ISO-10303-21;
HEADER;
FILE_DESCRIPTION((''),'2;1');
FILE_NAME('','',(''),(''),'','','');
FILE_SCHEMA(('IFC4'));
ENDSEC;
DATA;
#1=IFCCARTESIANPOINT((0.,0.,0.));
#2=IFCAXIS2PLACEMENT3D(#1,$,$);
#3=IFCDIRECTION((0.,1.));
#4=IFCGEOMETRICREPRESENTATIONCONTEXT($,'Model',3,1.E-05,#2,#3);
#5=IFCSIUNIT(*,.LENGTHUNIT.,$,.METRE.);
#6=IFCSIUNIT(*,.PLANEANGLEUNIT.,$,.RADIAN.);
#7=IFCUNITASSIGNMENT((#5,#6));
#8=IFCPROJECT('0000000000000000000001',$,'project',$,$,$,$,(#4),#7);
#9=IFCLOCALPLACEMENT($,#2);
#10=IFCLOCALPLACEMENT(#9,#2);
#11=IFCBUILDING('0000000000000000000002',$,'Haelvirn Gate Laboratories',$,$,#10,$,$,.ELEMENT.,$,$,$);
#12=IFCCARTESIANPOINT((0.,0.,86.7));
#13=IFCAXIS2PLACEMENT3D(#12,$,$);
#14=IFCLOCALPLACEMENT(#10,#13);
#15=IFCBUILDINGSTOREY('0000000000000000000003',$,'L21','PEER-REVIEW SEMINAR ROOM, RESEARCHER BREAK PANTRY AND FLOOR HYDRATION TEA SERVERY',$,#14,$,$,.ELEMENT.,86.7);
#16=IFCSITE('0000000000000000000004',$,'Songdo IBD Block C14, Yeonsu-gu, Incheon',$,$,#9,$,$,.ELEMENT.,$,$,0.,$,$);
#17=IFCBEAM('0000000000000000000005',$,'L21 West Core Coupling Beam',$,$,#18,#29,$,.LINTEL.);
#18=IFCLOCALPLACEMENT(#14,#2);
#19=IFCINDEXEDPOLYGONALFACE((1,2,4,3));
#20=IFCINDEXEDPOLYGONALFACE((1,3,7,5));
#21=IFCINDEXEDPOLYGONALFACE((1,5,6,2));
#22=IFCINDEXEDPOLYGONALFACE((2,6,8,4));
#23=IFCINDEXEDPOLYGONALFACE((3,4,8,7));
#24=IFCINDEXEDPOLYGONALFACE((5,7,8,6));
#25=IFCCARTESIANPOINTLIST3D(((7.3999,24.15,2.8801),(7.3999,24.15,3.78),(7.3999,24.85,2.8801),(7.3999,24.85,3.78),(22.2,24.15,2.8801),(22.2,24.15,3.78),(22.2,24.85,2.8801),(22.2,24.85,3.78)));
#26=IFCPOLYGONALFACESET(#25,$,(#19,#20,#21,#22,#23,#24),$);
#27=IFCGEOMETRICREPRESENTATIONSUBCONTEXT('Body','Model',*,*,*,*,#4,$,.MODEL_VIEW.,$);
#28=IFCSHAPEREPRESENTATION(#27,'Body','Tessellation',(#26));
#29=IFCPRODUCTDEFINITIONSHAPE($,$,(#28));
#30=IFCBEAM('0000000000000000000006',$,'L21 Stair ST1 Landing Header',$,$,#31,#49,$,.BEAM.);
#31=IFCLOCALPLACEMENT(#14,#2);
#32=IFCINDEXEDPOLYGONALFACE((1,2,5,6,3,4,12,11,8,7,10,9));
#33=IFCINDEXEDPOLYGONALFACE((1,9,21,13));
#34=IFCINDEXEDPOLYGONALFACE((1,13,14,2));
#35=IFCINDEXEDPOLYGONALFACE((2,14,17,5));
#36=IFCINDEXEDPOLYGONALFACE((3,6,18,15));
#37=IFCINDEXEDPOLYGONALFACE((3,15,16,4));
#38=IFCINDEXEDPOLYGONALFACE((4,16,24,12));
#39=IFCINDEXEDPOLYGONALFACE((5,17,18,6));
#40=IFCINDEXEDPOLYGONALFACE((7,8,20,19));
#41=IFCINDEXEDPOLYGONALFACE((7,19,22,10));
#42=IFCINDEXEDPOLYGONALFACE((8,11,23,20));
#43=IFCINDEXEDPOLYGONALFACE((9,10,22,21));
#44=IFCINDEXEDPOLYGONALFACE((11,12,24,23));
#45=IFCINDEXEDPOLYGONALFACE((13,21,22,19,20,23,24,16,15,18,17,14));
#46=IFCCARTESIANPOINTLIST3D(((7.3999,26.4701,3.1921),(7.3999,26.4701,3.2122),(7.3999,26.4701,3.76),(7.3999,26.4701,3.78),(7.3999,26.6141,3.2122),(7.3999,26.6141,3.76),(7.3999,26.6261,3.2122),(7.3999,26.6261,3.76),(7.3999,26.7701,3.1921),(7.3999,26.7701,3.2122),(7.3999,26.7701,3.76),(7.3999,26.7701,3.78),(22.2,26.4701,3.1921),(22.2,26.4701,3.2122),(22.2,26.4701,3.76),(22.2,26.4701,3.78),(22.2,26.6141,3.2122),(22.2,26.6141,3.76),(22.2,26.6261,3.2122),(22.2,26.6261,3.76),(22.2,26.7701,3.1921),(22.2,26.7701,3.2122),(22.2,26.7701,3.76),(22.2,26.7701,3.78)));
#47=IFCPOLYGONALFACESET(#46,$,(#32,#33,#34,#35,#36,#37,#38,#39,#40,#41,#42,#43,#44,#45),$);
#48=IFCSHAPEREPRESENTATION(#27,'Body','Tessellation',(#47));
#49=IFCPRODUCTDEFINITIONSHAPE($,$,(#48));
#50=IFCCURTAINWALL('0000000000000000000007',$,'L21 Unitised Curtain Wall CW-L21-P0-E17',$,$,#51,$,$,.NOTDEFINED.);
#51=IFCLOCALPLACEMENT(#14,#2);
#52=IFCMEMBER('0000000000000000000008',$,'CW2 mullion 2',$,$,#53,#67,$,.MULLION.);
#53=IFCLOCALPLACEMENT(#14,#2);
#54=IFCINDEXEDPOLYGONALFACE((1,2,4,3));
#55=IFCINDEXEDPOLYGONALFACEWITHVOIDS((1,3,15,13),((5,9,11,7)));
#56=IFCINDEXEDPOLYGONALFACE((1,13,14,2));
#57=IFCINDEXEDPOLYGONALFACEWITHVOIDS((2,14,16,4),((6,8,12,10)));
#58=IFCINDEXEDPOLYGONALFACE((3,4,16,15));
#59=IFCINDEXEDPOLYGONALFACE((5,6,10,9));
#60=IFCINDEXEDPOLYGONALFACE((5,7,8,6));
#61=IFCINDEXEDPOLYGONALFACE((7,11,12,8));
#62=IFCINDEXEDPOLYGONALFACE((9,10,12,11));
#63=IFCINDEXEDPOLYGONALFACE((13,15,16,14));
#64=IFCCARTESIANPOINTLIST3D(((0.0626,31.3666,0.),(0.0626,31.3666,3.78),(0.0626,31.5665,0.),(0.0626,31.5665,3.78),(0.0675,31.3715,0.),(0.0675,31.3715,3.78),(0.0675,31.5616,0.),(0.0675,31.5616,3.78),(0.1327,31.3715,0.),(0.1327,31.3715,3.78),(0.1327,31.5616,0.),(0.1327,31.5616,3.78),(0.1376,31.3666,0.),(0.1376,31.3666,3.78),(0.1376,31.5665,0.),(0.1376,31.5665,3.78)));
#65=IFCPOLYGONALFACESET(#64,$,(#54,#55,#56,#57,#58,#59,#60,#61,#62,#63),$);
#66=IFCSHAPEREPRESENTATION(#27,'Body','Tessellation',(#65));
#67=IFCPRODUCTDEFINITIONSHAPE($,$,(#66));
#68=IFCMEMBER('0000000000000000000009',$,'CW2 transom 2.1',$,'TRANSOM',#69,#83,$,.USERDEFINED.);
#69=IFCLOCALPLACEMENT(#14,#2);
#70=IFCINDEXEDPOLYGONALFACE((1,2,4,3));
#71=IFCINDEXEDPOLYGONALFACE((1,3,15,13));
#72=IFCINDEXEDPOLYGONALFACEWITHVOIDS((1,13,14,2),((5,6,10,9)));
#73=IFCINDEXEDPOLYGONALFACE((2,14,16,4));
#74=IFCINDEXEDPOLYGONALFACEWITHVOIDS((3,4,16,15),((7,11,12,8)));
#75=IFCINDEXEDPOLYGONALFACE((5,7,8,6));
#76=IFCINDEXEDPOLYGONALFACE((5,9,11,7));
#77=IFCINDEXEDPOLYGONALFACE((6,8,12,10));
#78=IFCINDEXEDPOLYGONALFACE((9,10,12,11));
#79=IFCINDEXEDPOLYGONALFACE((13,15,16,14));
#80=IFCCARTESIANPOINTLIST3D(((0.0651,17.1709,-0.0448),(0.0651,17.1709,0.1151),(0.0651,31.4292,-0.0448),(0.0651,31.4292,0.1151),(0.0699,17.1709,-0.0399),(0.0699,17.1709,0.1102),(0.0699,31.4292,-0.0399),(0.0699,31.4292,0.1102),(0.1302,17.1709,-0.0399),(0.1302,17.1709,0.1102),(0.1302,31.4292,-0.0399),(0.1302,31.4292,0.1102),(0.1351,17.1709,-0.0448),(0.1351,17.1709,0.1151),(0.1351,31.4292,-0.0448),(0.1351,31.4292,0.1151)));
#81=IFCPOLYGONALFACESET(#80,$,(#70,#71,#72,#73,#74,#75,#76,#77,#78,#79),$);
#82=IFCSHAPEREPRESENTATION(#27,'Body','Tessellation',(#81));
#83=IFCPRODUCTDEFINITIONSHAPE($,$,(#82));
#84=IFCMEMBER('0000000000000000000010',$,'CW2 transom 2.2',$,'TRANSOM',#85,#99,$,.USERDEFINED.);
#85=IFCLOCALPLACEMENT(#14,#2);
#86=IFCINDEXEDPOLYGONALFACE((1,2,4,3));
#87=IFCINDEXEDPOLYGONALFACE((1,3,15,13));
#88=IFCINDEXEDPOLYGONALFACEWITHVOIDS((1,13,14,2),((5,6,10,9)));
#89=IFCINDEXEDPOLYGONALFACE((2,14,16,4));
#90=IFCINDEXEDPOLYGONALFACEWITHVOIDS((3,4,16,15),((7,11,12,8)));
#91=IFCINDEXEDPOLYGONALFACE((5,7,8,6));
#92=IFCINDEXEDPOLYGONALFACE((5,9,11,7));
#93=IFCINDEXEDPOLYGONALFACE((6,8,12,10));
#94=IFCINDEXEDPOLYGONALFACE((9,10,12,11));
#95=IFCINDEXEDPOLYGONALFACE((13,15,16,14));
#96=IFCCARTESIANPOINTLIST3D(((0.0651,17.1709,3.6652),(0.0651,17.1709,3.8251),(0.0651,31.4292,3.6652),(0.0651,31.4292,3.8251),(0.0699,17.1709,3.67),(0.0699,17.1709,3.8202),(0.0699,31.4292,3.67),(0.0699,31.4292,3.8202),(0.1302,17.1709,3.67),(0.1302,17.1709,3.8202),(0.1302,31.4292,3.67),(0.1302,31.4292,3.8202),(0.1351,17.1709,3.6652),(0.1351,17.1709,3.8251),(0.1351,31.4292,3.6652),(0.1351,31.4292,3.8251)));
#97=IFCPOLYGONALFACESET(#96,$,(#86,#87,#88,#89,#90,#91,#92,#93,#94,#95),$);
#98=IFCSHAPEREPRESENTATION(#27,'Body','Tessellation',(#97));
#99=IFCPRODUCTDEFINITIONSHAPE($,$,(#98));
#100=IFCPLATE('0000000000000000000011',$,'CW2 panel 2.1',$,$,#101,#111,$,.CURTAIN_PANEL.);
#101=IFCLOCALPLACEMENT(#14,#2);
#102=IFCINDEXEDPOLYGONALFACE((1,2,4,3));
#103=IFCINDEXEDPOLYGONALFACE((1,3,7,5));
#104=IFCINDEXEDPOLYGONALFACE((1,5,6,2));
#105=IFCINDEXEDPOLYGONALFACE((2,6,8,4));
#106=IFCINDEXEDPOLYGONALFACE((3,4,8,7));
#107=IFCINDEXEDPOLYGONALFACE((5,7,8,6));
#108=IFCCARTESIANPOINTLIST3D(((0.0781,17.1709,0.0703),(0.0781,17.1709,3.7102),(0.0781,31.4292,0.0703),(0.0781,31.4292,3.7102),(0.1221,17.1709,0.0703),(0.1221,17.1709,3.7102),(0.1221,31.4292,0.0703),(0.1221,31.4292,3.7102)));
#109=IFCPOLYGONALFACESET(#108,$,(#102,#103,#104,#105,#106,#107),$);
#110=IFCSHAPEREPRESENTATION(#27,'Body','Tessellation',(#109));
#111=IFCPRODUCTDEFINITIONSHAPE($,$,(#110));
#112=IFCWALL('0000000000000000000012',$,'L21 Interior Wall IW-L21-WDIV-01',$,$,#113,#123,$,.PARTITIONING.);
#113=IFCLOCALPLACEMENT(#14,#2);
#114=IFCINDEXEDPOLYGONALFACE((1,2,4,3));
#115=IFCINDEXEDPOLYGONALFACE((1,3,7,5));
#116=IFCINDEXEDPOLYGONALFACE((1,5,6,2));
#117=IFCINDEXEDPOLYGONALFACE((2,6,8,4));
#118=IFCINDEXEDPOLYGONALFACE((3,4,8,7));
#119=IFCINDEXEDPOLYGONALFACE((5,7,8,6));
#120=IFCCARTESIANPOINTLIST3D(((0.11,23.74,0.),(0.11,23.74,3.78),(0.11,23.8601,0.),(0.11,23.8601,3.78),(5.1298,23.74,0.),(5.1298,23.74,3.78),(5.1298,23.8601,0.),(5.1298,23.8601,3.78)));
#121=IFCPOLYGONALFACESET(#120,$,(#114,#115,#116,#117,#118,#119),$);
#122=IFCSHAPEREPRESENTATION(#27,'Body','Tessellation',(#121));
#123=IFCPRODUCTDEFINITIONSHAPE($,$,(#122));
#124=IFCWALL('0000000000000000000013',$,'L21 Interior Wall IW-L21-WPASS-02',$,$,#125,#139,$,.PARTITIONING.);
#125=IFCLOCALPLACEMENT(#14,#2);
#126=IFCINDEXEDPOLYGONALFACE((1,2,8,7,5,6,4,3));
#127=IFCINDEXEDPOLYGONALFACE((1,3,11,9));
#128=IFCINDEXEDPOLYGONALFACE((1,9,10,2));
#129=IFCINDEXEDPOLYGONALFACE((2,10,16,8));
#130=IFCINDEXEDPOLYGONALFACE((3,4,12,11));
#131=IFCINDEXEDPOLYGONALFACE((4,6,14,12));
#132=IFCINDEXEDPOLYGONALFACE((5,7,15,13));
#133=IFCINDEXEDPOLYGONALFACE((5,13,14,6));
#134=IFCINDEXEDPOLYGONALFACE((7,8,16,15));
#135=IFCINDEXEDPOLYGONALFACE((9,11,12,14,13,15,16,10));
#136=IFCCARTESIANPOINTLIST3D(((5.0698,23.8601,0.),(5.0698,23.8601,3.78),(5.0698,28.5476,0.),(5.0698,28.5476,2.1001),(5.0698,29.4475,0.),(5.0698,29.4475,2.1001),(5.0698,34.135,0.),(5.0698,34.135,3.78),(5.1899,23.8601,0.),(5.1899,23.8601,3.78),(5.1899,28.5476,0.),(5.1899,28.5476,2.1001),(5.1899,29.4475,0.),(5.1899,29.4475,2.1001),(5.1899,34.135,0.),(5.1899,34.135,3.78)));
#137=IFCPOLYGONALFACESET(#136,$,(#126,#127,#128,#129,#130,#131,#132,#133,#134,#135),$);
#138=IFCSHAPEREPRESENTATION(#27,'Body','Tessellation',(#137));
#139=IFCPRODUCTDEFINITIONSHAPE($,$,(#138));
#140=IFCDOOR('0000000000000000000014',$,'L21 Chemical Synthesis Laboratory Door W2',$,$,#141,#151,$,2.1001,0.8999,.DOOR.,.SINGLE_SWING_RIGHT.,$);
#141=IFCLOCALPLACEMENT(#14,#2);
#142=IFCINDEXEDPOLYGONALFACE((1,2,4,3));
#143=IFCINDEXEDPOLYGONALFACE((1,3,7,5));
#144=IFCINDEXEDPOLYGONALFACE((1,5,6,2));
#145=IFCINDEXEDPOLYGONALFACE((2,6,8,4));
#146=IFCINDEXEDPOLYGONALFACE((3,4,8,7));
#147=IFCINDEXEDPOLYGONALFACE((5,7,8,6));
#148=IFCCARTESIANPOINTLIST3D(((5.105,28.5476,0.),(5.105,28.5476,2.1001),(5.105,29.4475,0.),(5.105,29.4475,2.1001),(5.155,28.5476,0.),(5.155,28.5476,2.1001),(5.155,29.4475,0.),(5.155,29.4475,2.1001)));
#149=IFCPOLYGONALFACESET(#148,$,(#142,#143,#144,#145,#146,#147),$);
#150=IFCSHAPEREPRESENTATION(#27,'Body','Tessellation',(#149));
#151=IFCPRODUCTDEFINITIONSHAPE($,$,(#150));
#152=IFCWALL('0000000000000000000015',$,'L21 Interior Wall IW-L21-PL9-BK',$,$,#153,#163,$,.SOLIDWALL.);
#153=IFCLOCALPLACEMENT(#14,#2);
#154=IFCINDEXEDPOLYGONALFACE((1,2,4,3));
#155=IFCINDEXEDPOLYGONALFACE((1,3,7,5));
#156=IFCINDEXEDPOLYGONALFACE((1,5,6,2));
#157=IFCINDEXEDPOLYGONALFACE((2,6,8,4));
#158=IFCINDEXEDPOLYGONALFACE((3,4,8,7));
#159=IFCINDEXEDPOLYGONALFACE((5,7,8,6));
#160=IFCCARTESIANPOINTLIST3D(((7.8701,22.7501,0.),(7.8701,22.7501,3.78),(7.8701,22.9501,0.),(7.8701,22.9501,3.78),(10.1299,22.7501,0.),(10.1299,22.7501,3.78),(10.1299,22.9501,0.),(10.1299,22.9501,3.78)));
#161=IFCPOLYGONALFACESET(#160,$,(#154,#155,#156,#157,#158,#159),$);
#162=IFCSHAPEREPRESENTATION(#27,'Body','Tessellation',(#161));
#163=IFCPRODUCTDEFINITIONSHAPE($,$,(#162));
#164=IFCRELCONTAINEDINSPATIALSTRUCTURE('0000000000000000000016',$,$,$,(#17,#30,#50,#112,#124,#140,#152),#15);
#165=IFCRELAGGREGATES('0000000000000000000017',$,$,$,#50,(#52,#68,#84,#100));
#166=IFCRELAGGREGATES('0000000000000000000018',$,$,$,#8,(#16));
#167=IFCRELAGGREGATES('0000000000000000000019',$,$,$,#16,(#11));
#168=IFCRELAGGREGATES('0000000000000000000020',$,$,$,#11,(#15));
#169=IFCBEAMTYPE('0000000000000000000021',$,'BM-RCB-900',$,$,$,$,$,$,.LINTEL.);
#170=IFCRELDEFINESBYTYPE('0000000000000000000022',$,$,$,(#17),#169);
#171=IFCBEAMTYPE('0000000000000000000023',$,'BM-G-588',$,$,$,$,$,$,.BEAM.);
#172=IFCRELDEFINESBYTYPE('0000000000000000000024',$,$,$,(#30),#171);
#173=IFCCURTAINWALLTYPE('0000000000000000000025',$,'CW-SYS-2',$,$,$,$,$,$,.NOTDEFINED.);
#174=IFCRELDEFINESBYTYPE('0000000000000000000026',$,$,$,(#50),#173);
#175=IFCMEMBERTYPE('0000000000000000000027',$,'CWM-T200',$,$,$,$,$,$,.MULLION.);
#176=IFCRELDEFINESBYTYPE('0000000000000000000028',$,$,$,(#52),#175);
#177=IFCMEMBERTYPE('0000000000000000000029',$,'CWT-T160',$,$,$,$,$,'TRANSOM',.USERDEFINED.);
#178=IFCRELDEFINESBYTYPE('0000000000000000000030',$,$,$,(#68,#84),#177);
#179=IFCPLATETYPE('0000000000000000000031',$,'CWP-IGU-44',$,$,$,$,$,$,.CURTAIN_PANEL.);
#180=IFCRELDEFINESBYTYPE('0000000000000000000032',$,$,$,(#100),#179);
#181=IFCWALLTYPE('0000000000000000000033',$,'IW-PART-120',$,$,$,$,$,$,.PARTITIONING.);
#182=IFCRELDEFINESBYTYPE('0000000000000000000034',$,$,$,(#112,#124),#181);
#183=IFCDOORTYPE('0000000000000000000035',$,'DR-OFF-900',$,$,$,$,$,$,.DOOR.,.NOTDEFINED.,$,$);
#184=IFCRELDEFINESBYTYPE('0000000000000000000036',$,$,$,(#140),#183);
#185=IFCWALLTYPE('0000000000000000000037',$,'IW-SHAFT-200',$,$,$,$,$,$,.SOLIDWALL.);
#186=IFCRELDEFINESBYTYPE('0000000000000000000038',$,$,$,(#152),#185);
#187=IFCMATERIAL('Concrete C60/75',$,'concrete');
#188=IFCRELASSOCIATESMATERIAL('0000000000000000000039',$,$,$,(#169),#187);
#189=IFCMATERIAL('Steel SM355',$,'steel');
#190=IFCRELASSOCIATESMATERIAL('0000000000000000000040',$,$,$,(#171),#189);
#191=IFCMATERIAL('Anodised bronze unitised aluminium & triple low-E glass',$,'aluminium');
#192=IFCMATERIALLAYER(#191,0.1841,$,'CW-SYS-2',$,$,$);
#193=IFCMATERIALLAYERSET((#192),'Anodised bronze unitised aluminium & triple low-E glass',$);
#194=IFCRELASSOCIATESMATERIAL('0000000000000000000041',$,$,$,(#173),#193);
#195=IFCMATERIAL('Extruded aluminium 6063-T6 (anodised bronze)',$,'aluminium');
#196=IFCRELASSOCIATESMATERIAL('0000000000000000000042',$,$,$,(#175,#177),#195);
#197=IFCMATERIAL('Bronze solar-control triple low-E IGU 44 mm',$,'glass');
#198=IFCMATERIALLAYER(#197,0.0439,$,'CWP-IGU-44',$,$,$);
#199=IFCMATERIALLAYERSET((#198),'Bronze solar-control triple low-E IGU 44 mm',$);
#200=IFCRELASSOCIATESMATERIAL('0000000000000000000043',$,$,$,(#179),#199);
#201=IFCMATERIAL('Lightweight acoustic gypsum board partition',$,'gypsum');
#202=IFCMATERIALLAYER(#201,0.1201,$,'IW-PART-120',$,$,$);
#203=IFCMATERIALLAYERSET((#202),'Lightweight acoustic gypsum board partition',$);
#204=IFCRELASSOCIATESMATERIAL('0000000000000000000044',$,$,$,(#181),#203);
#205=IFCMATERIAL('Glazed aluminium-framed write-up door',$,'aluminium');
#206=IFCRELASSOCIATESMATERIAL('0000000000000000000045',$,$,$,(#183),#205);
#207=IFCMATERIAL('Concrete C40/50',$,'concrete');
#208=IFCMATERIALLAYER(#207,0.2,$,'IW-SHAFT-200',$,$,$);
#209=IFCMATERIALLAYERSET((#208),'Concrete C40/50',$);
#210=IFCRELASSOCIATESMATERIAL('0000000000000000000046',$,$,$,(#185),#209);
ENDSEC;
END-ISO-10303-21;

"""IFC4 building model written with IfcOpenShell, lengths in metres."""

from ifc_helpers import new_model, si_unit, direction, frame, frame_2d, origin, origin_2d, place, context, subcontext, project, spatial, rectangle, hollow_rectangle, i_section, extrude, source, transform, mapped, material, layer, layer_set, material_profile, profile_set, type_object, type_shapes, element, fill, aggregate, save


model = new_model("IFC4")

# Units and contexts
model_context = context("Model", 3, precision=1e-05, world=origin(), true_north=direction((0.0, 1.0)))
body_context = subcontext(model_context, "Body", "Model", "MODEL_VIEW")
ifc_project = project(units=[si_unit("LENGTHUNIT", "METRE"), si_unit("PLANEANGLEUNIT", "RADIAN")], contexts=[model_context])

# Site, building, storey
site_placement = place(None, origin())
site = spatial("IfcSite", under=ifc_project, at=site_placement, Name="Songdo IBD Block C14, Yeonsu-gu, Incheon", CompositionType="ELEMENT", RefElevation=0.0)
building_placement = place(site_placement, origin())
building = spatial("IfcBuilding", under=site, at=building_placement, Name="Haelvirn Gate Laboratories", CompositionType="ELEMENT")
storey_placement = place(building_placement, frame((0.0, 0.0, 86.7)))
storey = spatial("IfcBuildingStorey", under=building, at=storey_placement, Name="L21", Description="PEER-REVIEW SEMINAR ROOM, RESEARCHER BREAK PANTRY AND FLOOR HYDRATION TEA SERVERY", CompositionType="ELEMENT", Elevation=86.7)

# Beams
ifc_material_1 = material(Name="Concrete C60/75", Category="concrete")
ifc_material_profile_1 = material_profile(ifc_material_1, rectangle(XDim=0.7, YDim=0.8999, at=origin_2d()), Name="RCB-700x900")
ifc_profile_set_1 = profile_set([ifc_material_profile_1], Name="Concrete C60/75")
beam_type_1 = type_object("IfcBeamType", Name="BM-RCB-900", PredefinedType="LINTEL", material=ifc_profile_set_1)
shared_shape_1 = source(origin(), body_context, "Body", "SweptSolid", [
    extrude(rectangle(XDim=0.7, YDim=0.8999, at=origin_2d()), origin(), (0.0, 0.0, 1.0), 14.8),
])
type_shapes(beam_type_1, [shared_shape_1])
beam_1_placement = place(storey_placement, frame((7.3999, 24.5, 3.3301), z_axis=(1.0, 0.0, 0.0), x_axis=(0.0, 1.0, 0.0)))
element("IfcBeam", 1, at=beam_1_placement, inside=storey, type_object=beam_type_1, Name="L21 West Core Coupling Beam", PredefinedType="LINTEL", context=body_context, shape_type="MappedRepresentation", body=[
    mapped(shared_shape_1, transform((0.0, 0.0, 0.0), scale=1.0)),
])
ifc_material_2 = material(Name="Steel SM355", Category="steel")
ifc_material_profile_2 = material_profile(ifc_material_2, i_section(OverallWidth=0.3, OverallDepth=0.5879, WebThickness=0.012, FlangeThickness=0.02, at=origin_2d()), Name="H-588x300x12x20")
ifc_profile_set_2 = profile_set([ifc_material_profile_2], Name="Steel SM355")
beam_type_2 = type_object("IfcBeamType", Name="BM-G-588", PredefinedType="BEAM", material=ifc_profile_set_2)
shared_shape_2 = source(origin(), body_context, "Body", "SweptSolid", [
    extrude(i_section(OverallWidth=0.3, OverallDepth=0.5879, WebThickness=0.012, FlangeThickness=0.02, at=origin_2d()), origin(), (0.0, 0.0, 1.0), 14.8),
])
type_shapes(beam_type_2, [shared_shape_2])
beam_2_placement = place(storey_placement, frame((7.3999, 26.6201, 3.4861), z_axis=(1.0, 0.0, 0.0), x_axis=(0.0, 1.0, 0.0)))
element("IfcBeam", 2, at=beam_2_placement, inside=storey, type_object=beam_type_2, Name="L21 Stair ST1 Landing Header", PredefinedType="BEAM", context=body_context, shape_type="MappedRepresentation", body=[
    mapped(shared_shape_2, transform((0.0, 0.0, 0.0), scale=1.0)),
])

# Curtain wall, members, plate
ifc_material_3 = material(Name="Anodised bronze unitised aluminium & triple low-E glass", Category="aluminium")
ifc_layer_1 = layer(ifc_material_3, 0.1841, Name="CW-SYS-2")
ifc_layer_set_1 = layer_set([ifc_layer_1], Name="Anodised bronze unitised aluminium & triple low-E glass")
curtain_wall_type = type_object("IfcCurtainWallType", Name="CW-SYS-2", PredefinedType="NOTDEFINED", material=ifc_layer_set_1)
curtain_wall_placement = place(storey_placement, origin())
curtain_wall = element("IfcCurtainWall", 3, at=curtain_wall_placement, inside=storey, type_object=curtain_wall_type, Name="L21 Unitised Curtain Wall CW-L21-P0-E17", PredefinedType="NOTDEFINED")
ifc_material_4 = material(Name="Extruded aluminium 6063-T6 (anodised bronze)", Category="aluminium")
ifc_material_profile_3 = material_profile(ifc_material_4, hollow_rectangle(XDim=0.075, YDim=0.2, WallThickness=0.0049, at=origin_2d()), Name="CWM-200x75x5")
ifc_profile_set_3 = profile_set([ifc_material_profile_3], Name="Extruded aluminium 6063-T6 (anodised bronze)")
member_type_1 = type_object("IfcMemberType", Name="CWM-T200", PredefinedType="MULLION", material=ifc_profile_set_3)
shared_shape_3 = source(origin(), body_context, "Body", "SweptSolid", [
    extrude(hollow_rectangle(XDim=0.075, YDim=0.2, WallThickness=0.0049, at=origin_2d()), origin(), (0.0, 0.0, 1.0), 3.78),
])
type_shapes(member_type_1, [shared_shape_3])
member_1_placement = place(storey_placement, frame((0.1001, 31.4666, 0.0), z_axis=(0.0, 0.0, 1.0), x_axis=(1.0, 0.0, 0.0)))
member_1 = element("IfcMember", 4, at=member_1_placement, type_object=member_type_1, Name="CW2 mullion 2", PredefinedType="MULLION", context=body_context, shape_type="MappedRepresentation", body=[
    mapped(shared_shape_3, transform((0.0, 0.0, 0.0), scale=1.0)),
])
ifc_material_profile_4 = material_profile(ifc_material_4, hollow_rectangle(XDim=0.0701, YDim=0.1599, WallThickness=0.0049, at=origin_2d()), Name="CWT-160x70x5")
ifc_profile_set_4 = profile_set([ifc_material_profile_4], Name="Extruded aluminium 6063-T6 (anodised bronze)")
member_type_2 = type_object("IfcMemberType", Name="CWT-T160", ElementType="TRANSOM", PredefinedType="USERDEFINED", material=ifc_profile_set_4)
shared_shape_4 = source(origin(), body_context, "Body", "SweptSolid", [
    extrude(hollow_rectangle(XDim=0.0701, YDim=0.1599, WallThickness=0.0049, at=origin_2d()), origin(), (0.0, 0.0, 1.0), 14.2583),
])
type_shapes(member_type_2, [shared_shape_4])
member_2_placement = place(storey_placement, frame((0.1001, 31.4292, 0.0352), z_axis=(0.0, -1.0, 0.0), x_axis=(1.0, 0.0, 0.0)))
member_2 = element("IfcMember", 5, at=member_2_placement, type_object=member_type_2, Name="CW2 transom 2.1", ObjectType="TRANSOM", PredefinedType="USERDEFINED", context=body_context, shape_type="MappedRepresentation", body=[
    mapped(shared_shape_4, transform((0.0, 0.0, 0.0), scale=1.0)),
])
member_3_placement = place(storey_placement, frame((0.1001, 31.4292, 3.7451), z_axis=(0.0, -1.0, 0.0), x_axis=(1.0, 0.0, 0.0)))
member_3 = element("IfcMember", 6, at=member_3_placement, type_object=member_type_2, Name="CW2 transom 2.2", ObjectType="TRANSOM", PredefinedType="USERDEFINED", context=body_context, shape_type="MappedRepresentation", body=[
    mapped(shared_shape_4, transform((0.0, 0.0, 0.0), scale=1.0)),
])
ifc_material_5 = material(Name="Bronze solar-control triple low-E IGU 44 mm", Category="glass")
ifc_layer_2 = layer(ifc_material_5, 0.0439, Name="CWP-IGU-44")
ifc_layer_set_2 = layer_set([ifc_layer_2], Name="Bronze solar-control triple low-E IGU 44 mm")
plate_type = type_object("IfcPlateType", Name="CWP-IGU-44", PredefinedType="CURTAIN_PANEL", material=ifc_layer_set_2)
shared_shape_5 = source(origin(), body_context, "Body", "SweptSolid", [
    extrude(rectangle(XDim=14.2583, YDim=0.0439, at=origin_2d()), origin(), (0.0, 0.0, 1.0), 3.6399),
])
type_shapes(plate_type, [shared_shape_5])
plate_placement = place(storey_placement, frame((0.1001, 24.3, 0.0703), z_axis=(0.0, 0.0, 1.0), x_axis=(0.0, -1.0, 0.0)))
plate = element("IfcPlate", 7, at=plate_placement, type_object=plate_type, Name="CW2 panel 2.1", PredefinedType="CURTAIN_PANEL", context=body_context, shape_type="MappedRepresentation", body=[
    mapped(shared_shape_5, transform((0.0, 0.0, 0.0), scale=1.0)),
])
aggregate(curtain_wall, [member_1, member_2, member_3, plate])

# Wall
ifc_material_6 = material(Name="Lightweight acoustic gypsum board partition", Category="gypsum")
ifc_layer_3 = layer(ifc_material_6, 0.1201, Name="IW-PART-120")
ifc_layer_set_3 = layer_set([ifc_layer_3], Name="Lightweight acoustic gypsum board partition")
wall_type_1 = type_object("IfcWallType", Name="IW-PART-120", PredefinedType="PARTITIONING", material=ifc_layer_set_3)
wall_1_placement = place(storey_placement, frame((0.1101, 23.8, 0.0), z_axis=(0.0, 0.0, 1.0), x_axis=(1.0, 0.0, 0.0)))
element("IfcWall", 8, at=wall_1_placement, inside=storey, type_object=wall_type_1, Name="L21 Interior Wall IW-L21-WDIV-01", PredefinedType="PARTITIONING", context=body_context, shape_type="SweptSolid", body=[
    extrude(rectangle(XDim=5.0198, YDim=0.1201, at=frame_2d((2.5098, 0.0))), origin(), (0.0, 0.0, 1.0), 3.78),
])

# Wall, opening, door
wall_2_placement = place(storey_placement, frame((5.1299, 23.8601, 0.0), z_axis=(0.0, 0.0, 1.0), x_axis=(0.0, 1.0, 0.0)))
wall_2 = element("IfcWall", 9, at=wall_2_placement, inside=storey, type_object=wall_type_1, Name="L21 Interior Wall IW-L21-WPASS-02", PredefinedType="PARTITIONING", context=body_context, shape_type="SweptSolid", body=[
    extrude(rectangle(XDim=10.2749, YDim=0.1201, at=frame_2d((5.1375, 0.0))), origin(), (0.0, 0.0, 1.0), 3.78),
])
opening_1_placement = place(wall_2_placement, frame((4.6875, 0.0, 0.0)))
opening_1 = element("IfcOpeningElement", 10, at=opening_1_placement, cuts=wall_2, PredefinedType="OPENING", context=body_context, shape_type="SweptSolid", body=[
    extrude(rectangle(XDim=0.8999, YDim=2.1001, at=frame_2d((0.45, 1.05))), frame((0.0, 0.0701, 0.0), z_axis=(0.0, -1.0, 0.0), x_axis=(1.0, 0.0, 0.0)), (0.0, 0.0, 1.0), 0.1401),
])
ifc_material_7 = material(Name="Glazed aluminium-framed write-up door", Category="aluminium")
door_type_1 = type_object("IfcDoorType", Name="DR-OFF-900", OperationType="NOTDEFINED", PredefinedType="DOOR", material=ifc_material_7)
shared_shape_6 = source(origin(), body_context, "Body", "SweptSolid", [
    extrude(rectangle(XDim=0.8999, YDim=2.1001, at=frame_2d((0.45, 1.05))), frame((0.0, 0.0249, 0.0), z_axis=(0.0, -1.0, 0.0), x_axis=(1.0, 0.0, 0.0)), (0.0, 0.0, 1.0), 0.05),
])
type_shapes(door_type_1, [shared_shape_6])
door_1_placement = place(opening_1_placement, origin())
door_1 = element("IfcDoor", 11, at=door_1_placement, inside=storey, type_object=door_type_1, Name="L21 Chemical Synthesis Laboratory Door W2", OperationType="SINGLE_SWING_RIGHT", OverallHeight=2.1001, OverallWidth=0.8999, PredefinedType="DOOR", context=body_context, shape_type="MappedRepresentation", body=[
    mapped(shared_shape_6, transform((0.0, 0.0, 0.0), scale=1.0)),
])
fill(opening_1, door_1)

# Wall
ifc_material_8 = material(Name="Concrete C40/50", Category="concrete")
ifc_layer_4 = layer(ifc_material_8, 0.2, Name="IW-SHAFT-200")
ifc_layer_set_4 = layer_set([ifc_layer_4], Name="Concrete C40/50")
wall_type_2 = type_object("IfcWallType", Name="IW-SHAFT-200", PredefinedType="SOLIDWALL", material=ifc_layer_set_4)
wall_3_placement = place(storey_placement, frame((7.8701, 22.8501, 0.0), z_axis=(0.0, 0.0, 1.0), x_axis=(1.0, 0.0, 0.0)))
element("IfcWall", 12, at=wall_3_placement, inside=storey, type_object=wall_type_2, Name="L21 Interior Wall IW-L21-PL9-BK", PredefinedType="SOLIDWALL", context=body_context, shape_type="SweptSolid", body=[
    extrude(rectangle(XDim=2.2598, YDim=0.2, at=frame_2d((1.1299, 0.0))), origin(), (0.0, 0.0, 1.0), 3.78),
])

save(model, "model.ifc")
